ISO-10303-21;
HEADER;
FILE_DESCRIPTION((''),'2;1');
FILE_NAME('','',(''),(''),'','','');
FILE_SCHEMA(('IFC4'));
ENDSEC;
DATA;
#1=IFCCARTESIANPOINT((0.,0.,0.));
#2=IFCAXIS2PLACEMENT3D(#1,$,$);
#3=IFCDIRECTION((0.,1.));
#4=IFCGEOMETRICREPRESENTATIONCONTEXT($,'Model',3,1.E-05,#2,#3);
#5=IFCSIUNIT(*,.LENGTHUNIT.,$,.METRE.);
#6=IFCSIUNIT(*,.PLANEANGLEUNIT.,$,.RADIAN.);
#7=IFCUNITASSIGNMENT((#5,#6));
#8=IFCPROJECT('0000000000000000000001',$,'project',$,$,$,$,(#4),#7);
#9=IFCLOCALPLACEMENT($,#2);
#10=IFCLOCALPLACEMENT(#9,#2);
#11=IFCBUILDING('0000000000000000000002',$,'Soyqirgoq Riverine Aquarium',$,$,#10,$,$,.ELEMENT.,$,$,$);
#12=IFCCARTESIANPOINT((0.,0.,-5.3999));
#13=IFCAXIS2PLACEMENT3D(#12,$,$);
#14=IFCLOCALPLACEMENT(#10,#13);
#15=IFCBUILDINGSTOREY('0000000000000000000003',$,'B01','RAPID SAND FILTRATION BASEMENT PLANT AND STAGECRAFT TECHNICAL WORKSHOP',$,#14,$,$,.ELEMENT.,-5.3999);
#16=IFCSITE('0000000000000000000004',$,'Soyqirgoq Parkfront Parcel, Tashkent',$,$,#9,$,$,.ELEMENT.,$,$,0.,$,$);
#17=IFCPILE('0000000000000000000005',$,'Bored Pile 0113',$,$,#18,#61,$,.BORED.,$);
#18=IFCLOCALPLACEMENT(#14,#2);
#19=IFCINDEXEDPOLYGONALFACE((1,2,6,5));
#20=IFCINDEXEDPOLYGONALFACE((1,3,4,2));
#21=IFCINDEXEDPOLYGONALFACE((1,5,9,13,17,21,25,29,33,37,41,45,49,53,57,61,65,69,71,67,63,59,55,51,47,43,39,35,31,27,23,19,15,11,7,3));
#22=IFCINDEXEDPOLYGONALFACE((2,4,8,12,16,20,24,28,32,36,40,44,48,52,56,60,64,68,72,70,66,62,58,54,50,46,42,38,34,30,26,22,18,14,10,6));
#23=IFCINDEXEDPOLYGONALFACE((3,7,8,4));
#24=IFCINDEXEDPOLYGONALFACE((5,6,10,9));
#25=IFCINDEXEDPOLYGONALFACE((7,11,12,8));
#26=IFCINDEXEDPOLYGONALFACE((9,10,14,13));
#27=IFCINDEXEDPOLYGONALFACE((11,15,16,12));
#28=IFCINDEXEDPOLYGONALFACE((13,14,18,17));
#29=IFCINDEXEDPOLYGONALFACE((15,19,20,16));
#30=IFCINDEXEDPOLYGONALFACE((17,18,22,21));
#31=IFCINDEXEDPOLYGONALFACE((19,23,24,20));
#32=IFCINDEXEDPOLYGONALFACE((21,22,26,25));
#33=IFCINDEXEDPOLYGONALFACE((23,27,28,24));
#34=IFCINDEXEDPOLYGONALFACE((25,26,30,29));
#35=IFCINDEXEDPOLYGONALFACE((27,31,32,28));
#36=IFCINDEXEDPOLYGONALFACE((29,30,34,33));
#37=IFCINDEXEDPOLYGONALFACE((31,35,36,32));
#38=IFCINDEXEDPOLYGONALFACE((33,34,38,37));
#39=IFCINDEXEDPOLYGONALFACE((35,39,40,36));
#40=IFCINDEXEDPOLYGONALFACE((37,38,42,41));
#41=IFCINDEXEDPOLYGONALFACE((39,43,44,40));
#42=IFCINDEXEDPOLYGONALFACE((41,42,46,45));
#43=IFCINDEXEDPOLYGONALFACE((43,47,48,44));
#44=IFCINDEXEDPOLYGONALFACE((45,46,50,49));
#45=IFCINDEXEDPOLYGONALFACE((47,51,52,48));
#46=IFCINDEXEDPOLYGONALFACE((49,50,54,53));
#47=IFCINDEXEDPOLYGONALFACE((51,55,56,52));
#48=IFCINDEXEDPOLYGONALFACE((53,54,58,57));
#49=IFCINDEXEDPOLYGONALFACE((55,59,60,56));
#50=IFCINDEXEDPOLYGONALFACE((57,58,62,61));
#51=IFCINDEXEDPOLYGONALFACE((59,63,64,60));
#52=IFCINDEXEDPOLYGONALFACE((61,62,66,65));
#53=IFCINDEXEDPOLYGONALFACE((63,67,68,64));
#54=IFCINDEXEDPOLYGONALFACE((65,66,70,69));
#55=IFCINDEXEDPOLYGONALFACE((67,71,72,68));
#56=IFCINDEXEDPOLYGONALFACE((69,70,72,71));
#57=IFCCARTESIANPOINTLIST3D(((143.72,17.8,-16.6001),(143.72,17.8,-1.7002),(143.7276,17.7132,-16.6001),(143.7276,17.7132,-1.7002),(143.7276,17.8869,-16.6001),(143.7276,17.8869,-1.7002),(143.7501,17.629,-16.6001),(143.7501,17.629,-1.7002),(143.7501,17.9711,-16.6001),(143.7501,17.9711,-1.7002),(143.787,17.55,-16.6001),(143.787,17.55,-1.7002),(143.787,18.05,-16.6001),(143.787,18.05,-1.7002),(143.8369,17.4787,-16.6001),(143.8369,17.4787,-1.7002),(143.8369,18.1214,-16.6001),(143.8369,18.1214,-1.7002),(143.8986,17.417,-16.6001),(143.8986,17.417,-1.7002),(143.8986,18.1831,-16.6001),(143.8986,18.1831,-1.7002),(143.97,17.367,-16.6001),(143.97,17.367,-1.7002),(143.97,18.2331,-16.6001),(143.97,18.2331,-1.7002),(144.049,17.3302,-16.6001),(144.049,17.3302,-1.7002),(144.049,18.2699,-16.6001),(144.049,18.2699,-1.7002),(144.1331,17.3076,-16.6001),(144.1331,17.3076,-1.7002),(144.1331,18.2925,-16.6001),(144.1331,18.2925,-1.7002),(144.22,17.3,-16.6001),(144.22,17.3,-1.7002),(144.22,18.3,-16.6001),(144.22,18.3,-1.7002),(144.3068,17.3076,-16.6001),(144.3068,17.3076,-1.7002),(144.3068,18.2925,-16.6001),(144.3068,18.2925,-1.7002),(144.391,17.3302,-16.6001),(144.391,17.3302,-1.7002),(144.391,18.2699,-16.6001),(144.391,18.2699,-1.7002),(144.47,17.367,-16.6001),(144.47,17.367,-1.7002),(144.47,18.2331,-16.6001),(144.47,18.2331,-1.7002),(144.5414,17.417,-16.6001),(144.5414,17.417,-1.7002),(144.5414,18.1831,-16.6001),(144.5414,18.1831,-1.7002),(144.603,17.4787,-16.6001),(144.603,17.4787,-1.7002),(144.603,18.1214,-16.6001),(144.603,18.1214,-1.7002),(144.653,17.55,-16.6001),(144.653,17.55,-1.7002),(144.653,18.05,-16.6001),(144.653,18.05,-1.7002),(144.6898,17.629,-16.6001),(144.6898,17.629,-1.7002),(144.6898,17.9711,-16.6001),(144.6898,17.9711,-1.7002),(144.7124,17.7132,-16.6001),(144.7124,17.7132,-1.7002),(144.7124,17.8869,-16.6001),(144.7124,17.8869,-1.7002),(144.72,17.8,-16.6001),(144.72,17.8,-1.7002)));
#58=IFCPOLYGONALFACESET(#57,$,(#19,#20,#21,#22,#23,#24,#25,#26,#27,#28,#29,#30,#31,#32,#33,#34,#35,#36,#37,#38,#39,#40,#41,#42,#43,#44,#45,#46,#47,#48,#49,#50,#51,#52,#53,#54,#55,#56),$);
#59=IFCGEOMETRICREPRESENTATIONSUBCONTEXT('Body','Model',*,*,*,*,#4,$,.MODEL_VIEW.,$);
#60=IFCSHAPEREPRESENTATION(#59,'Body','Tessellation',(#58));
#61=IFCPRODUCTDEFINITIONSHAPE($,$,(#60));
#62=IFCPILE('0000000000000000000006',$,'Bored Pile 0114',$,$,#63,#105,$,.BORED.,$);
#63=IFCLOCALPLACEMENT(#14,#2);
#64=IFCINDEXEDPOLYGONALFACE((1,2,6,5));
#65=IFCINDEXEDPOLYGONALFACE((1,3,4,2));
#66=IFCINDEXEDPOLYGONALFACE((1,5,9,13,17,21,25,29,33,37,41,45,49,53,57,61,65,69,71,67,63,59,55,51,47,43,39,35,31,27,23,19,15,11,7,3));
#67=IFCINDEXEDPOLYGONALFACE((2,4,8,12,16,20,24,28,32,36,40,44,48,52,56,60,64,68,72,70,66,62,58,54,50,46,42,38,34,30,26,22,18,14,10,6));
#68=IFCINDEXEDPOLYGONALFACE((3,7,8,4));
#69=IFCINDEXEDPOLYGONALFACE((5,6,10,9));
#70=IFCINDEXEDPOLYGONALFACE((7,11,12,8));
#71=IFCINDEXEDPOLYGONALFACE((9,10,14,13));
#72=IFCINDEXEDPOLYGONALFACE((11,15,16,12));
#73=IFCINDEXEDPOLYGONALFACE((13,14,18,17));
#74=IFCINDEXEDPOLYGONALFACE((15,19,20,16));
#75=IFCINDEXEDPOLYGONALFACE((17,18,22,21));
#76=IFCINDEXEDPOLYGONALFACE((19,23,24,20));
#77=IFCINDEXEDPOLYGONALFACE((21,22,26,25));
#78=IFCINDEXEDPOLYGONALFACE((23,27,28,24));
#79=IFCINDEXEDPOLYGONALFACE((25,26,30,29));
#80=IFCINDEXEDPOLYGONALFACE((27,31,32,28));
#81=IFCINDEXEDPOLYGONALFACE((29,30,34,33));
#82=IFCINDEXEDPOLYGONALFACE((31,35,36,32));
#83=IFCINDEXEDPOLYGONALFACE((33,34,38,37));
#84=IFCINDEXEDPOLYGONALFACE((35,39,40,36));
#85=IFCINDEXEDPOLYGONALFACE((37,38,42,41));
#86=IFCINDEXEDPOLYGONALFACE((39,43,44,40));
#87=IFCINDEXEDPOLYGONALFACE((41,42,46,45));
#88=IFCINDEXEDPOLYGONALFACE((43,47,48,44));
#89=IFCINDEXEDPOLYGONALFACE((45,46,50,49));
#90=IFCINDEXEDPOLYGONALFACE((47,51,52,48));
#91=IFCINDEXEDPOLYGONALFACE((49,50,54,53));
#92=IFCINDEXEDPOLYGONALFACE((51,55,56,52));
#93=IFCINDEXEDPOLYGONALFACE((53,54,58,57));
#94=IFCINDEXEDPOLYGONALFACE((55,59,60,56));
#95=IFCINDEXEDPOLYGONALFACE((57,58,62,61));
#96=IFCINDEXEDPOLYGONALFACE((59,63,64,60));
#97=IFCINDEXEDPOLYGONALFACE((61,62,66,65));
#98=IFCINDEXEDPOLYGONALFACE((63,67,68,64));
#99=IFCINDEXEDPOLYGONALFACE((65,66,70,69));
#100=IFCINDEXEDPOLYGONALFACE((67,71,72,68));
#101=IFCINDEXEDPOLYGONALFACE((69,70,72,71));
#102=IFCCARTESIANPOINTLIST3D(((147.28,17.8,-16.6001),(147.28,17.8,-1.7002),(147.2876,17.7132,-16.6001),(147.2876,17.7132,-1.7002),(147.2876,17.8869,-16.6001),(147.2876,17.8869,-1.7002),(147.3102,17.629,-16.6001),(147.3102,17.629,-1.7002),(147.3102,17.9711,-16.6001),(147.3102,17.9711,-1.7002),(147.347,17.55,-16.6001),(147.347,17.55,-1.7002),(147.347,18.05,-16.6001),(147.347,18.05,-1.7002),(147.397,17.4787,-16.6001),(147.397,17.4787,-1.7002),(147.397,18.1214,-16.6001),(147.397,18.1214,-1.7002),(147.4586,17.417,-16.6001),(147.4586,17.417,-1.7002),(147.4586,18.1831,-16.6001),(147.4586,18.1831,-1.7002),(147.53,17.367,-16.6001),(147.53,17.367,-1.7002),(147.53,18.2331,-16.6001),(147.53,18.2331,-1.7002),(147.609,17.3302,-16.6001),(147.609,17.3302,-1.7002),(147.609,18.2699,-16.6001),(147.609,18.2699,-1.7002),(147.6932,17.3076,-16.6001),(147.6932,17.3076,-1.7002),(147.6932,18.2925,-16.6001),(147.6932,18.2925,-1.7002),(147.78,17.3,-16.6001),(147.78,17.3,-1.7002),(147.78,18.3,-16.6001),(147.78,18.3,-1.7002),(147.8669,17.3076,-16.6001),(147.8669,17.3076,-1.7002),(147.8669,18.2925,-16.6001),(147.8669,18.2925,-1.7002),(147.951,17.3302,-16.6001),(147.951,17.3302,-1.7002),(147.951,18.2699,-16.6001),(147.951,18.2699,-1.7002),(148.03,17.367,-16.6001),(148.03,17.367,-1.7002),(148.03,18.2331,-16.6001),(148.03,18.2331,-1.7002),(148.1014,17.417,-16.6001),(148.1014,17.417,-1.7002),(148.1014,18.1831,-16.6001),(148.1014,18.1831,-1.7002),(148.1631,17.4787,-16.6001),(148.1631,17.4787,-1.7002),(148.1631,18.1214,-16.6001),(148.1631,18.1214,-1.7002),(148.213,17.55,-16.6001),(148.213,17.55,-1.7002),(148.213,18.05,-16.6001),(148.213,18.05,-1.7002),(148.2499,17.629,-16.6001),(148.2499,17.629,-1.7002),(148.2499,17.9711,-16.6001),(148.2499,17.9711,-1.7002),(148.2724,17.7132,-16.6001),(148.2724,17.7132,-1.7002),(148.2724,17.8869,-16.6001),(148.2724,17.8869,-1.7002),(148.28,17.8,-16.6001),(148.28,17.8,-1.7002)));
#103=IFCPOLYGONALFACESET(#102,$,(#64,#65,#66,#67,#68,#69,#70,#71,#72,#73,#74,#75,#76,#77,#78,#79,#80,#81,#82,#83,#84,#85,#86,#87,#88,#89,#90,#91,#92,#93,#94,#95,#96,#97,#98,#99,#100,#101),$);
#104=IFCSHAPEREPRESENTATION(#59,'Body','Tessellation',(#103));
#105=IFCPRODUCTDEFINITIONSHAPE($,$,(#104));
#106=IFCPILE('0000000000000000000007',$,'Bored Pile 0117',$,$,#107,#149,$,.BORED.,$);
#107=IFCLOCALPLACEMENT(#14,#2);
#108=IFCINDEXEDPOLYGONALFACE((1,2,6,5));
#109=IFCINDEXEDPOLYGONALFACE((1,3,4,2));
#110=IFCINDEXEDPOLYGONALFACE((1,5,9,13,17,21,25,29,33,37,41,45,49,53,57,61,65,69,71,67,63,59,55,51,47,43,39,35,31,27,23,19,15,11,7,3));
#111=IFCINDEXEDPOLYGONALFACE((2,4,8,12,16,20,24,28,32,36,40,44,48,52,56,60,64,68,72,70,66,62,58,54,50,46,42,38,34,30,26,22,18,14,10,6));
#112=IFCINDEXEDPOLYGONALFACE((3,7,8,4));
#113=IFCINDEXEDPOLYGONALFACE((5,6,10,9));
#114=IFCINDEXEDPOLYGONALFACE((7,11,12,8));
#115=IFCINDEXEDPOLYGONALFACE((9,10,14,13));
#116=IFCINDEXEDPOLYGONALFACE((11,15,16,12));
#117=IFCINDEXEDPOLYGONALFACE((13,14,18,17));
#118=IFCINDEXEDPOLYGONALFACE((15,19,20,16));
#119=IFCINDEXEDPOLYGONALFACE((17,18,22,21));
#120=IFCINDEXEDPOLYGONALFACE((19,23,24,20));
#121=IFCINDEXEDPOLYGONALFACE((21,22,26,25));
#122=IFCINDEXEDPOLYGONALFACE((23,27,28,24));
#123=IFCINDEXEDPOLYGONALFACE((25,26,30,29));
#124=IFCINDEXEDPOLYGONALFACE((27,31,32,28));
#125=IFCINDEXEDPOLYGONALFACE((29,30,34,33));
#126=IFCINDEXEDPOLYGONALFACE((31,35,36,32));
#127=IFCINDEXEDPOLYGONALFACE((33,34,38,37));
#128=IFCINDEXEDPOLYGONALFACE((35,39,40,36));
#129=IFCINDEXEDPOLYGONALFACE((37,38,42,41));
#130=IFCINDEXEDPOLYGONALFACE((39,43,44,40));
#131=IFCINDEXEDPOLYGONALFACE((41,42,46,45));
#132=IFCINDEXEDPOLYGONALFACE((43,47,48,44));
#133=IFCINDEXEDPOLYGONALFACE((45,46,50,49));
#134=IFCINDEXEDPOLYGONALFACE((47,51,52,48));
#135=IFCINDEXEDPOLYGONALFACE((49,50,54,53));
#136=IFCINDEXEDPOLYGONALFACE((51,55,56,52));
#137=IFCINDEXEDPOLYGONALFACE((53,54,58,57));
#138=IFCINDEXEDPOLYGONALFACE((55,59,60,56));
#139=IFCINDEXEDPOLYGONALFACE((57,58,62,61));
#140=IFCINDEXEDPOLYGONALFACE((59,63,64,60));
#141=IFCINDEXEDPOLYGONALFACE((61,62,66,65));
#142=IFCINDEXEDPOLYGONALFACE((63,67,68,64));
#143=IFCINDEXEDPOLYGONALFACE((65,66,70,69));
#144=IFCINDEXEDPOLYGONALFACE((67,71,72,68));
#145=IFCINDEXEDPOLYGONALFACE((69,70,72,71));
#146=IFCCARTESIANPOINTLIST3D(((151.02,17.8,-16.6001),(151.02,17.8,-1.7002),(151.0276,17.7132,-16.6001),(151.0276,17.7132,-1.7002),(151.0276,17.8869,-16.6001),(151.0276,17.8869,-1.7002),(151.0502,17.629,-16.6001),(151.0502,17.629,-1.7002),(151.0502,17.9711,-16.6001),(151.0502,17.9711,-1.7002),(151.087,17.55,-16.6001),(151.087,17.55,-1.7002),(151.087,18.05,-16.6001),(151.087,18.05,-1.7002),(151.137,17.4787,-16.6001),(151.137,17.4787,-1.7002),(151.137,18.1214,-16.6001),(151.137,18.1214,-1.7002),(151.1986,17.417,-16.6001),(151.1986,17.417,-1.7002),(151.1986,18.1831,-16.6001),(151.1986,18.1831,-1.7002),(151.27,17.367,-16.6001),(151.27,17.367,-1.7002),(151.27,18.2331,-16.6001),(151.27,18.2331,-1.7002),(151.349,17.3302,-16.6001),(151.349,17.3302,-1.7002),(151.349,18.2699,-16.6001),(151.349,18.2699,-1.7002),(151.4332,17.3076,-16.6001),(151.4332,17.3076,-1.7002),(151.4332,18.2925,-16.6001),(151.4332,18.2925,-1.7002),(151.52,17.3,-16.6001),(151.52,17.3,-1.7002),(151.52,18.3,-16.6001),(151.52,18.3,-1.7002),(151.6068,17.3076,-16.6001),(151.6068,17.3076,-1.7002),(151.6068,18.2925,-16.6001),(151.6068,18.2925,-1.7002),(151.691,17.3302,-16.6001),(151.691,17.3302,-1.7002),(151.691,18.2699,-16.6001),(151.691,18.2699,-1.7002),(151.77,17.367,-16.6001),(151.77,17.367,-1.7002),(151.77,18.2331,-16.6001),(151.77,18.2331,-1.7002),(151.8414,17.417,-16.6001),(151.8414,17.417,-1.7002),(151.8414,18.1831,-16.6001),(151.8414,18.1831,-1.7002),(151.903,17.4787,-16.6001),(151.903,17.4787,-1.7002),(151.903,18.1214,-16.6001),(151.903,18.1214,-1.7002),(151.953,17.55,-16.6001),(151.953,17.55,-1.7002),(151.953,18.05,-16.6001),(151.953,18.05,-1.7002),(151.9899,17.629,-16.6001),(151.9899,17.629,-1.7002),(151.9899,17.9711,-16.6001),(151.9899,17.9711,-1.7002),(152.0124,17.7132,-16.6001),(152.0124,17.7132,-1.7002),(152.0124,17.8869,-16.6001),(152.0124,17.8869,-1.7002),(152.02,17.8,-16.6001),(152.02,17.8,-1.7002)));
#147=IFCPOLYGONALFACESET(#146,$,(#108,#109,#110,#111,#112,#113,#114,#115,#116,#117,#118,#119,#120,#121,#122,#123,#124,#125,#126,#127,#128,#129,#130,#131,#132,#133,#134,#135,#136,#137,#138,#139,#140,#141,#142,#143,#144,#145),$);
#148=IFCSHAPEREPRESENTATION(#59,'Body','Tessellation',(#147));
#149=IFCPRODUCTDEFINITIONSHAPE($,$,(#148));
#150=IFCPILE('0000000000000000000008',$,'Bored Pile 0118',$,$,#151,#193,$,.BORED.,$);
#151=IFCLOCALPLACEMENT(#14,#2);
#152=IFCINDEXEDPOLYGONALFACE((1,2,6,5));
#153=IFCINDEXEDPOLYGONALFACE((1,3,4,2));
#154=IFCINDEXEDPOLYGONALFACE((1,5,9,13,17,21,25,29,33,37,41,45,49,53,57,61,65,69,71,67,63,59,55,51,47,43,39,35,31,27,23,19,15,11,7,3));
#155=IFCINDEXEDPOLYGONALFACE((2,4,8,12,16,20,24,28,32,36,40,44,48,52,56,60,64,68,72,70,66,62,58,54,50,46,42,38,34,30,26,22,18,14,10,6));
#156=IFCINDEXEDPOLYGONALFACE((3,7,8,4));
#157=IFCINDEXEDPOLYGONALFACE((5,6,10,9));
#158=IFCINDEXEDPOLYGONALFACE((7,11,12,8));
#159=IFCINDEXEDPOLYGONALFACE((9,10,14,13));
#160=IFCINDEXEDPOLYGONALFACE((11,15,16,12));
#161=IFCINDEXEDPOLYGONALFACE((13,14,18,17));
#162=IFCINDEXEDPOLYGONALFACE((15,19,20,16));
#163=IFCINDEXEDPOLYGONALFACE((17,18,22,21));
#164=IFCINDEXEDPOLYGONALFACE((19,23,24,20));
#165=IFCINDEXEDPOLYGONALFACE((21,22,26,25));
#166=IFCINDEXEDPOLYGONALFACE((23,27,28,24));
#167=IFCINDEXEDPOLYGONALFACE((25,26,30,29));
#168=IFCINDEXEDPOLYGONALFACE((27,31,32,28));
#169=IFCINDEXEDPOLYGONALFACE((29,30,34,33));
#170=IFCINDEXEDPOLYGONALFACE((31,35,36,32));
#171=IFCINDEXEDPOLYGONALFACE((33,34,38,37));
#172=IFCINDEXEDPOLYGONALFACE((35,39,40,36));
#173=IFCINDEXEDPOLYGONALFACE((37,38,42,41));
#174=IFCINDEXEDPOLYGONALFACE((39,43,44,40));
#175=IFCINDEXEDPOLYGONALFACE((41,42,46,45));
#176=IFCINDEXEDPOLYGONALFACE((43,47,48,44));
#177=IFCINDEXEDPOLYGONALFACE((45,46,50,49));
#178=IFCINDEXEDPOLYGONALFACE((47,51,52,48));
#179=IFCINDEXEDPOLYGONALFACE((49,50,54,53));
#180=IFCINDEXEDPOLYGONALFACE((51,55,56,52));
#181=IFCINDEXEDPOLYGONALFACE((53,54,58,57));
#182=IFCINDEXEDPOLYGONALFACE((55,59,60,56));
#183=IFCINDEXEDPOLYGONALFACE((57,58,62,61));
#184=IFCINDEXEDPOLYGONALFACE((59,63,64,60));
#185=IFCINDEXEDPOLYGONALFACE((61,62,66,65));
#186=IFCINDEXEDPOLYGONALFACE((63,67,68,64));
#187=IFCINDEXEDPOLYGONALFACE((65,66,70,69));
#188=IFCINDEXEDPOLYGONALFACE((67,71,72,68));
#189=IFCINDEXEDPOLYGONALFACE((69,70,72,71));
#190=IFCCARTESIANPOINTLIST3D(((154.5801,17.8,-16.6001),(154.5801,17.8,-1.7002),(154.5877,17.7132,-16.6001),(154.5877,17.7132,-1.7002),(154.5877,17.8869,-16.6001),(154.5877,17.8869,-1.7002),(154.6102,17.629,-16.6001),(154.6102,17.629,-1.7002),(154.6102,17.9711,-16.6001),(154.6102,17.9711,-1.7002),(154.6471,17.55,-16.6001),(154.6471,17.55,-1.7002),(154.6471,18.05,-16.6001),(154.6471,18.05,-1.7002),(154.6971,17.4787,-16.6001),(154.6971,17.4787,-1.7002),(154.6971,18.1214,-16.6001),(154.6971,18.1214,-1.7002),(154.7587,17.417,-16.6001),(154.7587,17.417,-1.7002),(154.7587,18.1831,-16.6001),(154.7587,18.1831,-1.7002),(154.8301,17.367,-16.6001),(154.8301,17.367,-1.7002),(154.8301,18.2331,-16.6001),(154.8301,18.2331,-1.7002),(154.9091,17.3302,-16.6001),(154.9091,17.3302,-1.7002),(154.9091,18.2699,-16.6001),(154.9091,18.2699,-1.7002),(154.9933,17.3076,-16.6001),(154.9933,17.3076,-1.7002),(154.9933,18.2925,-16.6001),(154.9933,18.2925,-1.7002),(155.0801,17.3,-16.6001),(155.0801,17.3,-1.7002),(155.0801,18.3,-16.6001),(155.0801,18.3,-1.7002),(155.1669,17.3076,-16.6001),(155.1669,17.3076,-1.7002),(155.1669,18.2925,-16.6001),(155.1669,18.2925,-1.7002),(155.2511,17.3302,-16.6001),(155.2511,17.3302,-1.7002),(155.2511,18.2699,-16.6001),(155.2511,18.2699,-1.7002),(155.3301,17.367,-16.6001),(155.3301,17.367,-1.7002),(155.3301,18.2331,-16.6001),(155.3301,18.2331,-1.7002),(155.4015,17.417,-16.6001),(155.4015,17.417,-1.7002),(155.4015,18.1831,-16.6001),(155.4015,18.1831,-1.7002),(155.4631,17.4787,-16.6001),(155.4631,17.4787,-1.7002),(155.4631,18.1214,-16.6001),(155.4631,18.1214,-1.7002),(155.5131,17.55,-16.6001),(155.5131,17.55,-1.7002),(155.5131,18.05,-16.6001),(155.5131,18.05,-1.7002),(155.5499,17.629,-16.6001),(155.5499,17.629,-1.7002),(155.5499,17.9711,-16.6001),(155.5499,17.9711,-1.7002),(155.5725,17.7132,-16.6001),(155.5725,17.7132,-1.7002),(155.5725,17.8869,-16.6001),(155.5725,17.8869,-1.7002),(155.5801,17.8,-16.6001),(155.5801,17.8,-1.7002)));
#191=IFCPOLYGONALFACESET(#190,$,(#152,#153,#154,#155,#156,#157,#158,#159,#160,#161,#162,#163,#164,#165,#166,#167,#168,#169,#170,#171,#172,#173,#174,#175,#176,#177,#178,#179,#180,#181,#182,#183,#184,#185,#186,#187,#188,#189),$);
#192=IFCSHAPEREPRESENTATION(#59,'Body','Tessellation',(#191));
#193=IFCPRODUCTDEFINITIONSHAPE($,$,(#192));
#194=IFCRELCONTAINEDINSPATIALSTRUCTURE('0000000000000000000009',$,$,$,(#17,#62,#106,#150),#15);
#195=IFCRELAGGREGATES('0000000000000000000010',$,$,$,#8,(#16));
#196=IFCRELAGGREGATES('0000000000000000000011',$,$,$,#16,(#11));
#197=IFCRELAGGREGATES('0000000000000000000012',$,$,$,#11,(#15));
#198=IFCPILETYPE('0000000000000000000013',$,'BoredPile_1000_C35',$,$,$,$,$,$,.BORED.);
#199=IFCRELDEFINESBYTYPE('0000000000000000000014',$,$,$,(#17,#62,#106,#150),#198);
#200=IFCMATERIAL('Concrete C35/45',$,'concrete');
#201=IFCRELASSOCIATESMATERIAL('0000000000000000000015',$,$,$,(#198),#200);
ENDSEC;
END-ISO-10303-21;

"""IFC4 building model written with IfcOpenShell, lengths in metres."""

from ifc_helpers import new_model, si_unit, direction, frame, origin, origin_2d, place, context, subcontext, project, spatial, circle, extrude, material, material_profile, profile_set, type_object, element, save


model = new_model("IFC4")

# Units and contexts
model_context = context("Model", 3, precision=1e-05, world=origin(), true_north=direction((0.0, 1.0)))
body_context = subcontext(model_context, "Body", "Model", "MODEL_VIEW")
ifc_project = project(units=[si_unit("LENGTHUNIT", "METRE"), si_unit("PLANEANGLEUNIT", "RADIAN")], contexts=[model_context])

# Site, building, storey
site_placement = place(None, origin())
site = spatial("IfcSite", under=ifc_project, at=site_placement, Name="Soyqirgoq Parkfront Parcel, Tashkent", CompositionType="ELEMENT", RefElevation=0.0)
building_placement = place(site_placement, origin())
building = spatial("IfcBuilding", under=site, at=building_placement, Name="Soyqirgoq Riverine Aquarium", CompositionType="ELEMENT")
storey_placement = place(building_placement, frame((0.0, 0.0, -5.3999)))
storey = spatial("IfcBuildingStorey", under=building, at=storey_placement, Name="B01", Description="RAPID SAND FILTRATION BASEMENT PLANT AND STAGECRAFT TECHNICAL WORKSHOP", CompositionType="ELEMENT", Elevation=-5.3999)

# Piles
ifc_material_1 = material(Name="Concrete C35/45", Category="concrete")
ifc_material_profile_1 = material_profile(ifc_material_1, circle(Radius=0.5, at=origin_2d()), Name="BP D1000")
ifc_profile_set_1 = profile_set([ifc_material_profile_1], Name="Concrete C35/45")
pile_type_1 = type_object("IfcPileType", Name="BoredPile_1000_C35", PredefinedType="BORED", material=ifc_profile_set_1)
for number, where, z_axis, x_axis, name in (
    (1, (144.22, 17.8, -1.7002), (0.0, 0.0, -1.0), (1.0, 0.0, 0.0), "Bored Pile 0113"),
    (2, (147.78, 17.8, -1.7002), (0.0, 0.0, -1.0), (1.0, 0.0, 0.0), "Bored Pile 0114"),
    (3, (151.52, 17.8, -1.7002), (0.0, 0.0, -1.0), (1.0, 0.0, 0.0), "Bored Pile 0117"),
    (4, (155.0801, 17.8, -1.7002), (0.0, 0.0, -1.0), (1.0, 0.0, 0.0), "Bored Pile 0118"),
):
    element("IfcPile", number, at=place(storey_placement, frame(where, z_axis=z_axis, x_axis=x_axis)), inside=storey, type_object=pile_type_1, Name=name, PredefinedType="BORED", context=body_context, shape_type="SweptSolid", body=[
        extrude(circle(Radius=0.5, at=origin_2d()), origin(), (0.0, 0.0, 1.0), 14.8999),
    ])

save(model, "model.ifc")
